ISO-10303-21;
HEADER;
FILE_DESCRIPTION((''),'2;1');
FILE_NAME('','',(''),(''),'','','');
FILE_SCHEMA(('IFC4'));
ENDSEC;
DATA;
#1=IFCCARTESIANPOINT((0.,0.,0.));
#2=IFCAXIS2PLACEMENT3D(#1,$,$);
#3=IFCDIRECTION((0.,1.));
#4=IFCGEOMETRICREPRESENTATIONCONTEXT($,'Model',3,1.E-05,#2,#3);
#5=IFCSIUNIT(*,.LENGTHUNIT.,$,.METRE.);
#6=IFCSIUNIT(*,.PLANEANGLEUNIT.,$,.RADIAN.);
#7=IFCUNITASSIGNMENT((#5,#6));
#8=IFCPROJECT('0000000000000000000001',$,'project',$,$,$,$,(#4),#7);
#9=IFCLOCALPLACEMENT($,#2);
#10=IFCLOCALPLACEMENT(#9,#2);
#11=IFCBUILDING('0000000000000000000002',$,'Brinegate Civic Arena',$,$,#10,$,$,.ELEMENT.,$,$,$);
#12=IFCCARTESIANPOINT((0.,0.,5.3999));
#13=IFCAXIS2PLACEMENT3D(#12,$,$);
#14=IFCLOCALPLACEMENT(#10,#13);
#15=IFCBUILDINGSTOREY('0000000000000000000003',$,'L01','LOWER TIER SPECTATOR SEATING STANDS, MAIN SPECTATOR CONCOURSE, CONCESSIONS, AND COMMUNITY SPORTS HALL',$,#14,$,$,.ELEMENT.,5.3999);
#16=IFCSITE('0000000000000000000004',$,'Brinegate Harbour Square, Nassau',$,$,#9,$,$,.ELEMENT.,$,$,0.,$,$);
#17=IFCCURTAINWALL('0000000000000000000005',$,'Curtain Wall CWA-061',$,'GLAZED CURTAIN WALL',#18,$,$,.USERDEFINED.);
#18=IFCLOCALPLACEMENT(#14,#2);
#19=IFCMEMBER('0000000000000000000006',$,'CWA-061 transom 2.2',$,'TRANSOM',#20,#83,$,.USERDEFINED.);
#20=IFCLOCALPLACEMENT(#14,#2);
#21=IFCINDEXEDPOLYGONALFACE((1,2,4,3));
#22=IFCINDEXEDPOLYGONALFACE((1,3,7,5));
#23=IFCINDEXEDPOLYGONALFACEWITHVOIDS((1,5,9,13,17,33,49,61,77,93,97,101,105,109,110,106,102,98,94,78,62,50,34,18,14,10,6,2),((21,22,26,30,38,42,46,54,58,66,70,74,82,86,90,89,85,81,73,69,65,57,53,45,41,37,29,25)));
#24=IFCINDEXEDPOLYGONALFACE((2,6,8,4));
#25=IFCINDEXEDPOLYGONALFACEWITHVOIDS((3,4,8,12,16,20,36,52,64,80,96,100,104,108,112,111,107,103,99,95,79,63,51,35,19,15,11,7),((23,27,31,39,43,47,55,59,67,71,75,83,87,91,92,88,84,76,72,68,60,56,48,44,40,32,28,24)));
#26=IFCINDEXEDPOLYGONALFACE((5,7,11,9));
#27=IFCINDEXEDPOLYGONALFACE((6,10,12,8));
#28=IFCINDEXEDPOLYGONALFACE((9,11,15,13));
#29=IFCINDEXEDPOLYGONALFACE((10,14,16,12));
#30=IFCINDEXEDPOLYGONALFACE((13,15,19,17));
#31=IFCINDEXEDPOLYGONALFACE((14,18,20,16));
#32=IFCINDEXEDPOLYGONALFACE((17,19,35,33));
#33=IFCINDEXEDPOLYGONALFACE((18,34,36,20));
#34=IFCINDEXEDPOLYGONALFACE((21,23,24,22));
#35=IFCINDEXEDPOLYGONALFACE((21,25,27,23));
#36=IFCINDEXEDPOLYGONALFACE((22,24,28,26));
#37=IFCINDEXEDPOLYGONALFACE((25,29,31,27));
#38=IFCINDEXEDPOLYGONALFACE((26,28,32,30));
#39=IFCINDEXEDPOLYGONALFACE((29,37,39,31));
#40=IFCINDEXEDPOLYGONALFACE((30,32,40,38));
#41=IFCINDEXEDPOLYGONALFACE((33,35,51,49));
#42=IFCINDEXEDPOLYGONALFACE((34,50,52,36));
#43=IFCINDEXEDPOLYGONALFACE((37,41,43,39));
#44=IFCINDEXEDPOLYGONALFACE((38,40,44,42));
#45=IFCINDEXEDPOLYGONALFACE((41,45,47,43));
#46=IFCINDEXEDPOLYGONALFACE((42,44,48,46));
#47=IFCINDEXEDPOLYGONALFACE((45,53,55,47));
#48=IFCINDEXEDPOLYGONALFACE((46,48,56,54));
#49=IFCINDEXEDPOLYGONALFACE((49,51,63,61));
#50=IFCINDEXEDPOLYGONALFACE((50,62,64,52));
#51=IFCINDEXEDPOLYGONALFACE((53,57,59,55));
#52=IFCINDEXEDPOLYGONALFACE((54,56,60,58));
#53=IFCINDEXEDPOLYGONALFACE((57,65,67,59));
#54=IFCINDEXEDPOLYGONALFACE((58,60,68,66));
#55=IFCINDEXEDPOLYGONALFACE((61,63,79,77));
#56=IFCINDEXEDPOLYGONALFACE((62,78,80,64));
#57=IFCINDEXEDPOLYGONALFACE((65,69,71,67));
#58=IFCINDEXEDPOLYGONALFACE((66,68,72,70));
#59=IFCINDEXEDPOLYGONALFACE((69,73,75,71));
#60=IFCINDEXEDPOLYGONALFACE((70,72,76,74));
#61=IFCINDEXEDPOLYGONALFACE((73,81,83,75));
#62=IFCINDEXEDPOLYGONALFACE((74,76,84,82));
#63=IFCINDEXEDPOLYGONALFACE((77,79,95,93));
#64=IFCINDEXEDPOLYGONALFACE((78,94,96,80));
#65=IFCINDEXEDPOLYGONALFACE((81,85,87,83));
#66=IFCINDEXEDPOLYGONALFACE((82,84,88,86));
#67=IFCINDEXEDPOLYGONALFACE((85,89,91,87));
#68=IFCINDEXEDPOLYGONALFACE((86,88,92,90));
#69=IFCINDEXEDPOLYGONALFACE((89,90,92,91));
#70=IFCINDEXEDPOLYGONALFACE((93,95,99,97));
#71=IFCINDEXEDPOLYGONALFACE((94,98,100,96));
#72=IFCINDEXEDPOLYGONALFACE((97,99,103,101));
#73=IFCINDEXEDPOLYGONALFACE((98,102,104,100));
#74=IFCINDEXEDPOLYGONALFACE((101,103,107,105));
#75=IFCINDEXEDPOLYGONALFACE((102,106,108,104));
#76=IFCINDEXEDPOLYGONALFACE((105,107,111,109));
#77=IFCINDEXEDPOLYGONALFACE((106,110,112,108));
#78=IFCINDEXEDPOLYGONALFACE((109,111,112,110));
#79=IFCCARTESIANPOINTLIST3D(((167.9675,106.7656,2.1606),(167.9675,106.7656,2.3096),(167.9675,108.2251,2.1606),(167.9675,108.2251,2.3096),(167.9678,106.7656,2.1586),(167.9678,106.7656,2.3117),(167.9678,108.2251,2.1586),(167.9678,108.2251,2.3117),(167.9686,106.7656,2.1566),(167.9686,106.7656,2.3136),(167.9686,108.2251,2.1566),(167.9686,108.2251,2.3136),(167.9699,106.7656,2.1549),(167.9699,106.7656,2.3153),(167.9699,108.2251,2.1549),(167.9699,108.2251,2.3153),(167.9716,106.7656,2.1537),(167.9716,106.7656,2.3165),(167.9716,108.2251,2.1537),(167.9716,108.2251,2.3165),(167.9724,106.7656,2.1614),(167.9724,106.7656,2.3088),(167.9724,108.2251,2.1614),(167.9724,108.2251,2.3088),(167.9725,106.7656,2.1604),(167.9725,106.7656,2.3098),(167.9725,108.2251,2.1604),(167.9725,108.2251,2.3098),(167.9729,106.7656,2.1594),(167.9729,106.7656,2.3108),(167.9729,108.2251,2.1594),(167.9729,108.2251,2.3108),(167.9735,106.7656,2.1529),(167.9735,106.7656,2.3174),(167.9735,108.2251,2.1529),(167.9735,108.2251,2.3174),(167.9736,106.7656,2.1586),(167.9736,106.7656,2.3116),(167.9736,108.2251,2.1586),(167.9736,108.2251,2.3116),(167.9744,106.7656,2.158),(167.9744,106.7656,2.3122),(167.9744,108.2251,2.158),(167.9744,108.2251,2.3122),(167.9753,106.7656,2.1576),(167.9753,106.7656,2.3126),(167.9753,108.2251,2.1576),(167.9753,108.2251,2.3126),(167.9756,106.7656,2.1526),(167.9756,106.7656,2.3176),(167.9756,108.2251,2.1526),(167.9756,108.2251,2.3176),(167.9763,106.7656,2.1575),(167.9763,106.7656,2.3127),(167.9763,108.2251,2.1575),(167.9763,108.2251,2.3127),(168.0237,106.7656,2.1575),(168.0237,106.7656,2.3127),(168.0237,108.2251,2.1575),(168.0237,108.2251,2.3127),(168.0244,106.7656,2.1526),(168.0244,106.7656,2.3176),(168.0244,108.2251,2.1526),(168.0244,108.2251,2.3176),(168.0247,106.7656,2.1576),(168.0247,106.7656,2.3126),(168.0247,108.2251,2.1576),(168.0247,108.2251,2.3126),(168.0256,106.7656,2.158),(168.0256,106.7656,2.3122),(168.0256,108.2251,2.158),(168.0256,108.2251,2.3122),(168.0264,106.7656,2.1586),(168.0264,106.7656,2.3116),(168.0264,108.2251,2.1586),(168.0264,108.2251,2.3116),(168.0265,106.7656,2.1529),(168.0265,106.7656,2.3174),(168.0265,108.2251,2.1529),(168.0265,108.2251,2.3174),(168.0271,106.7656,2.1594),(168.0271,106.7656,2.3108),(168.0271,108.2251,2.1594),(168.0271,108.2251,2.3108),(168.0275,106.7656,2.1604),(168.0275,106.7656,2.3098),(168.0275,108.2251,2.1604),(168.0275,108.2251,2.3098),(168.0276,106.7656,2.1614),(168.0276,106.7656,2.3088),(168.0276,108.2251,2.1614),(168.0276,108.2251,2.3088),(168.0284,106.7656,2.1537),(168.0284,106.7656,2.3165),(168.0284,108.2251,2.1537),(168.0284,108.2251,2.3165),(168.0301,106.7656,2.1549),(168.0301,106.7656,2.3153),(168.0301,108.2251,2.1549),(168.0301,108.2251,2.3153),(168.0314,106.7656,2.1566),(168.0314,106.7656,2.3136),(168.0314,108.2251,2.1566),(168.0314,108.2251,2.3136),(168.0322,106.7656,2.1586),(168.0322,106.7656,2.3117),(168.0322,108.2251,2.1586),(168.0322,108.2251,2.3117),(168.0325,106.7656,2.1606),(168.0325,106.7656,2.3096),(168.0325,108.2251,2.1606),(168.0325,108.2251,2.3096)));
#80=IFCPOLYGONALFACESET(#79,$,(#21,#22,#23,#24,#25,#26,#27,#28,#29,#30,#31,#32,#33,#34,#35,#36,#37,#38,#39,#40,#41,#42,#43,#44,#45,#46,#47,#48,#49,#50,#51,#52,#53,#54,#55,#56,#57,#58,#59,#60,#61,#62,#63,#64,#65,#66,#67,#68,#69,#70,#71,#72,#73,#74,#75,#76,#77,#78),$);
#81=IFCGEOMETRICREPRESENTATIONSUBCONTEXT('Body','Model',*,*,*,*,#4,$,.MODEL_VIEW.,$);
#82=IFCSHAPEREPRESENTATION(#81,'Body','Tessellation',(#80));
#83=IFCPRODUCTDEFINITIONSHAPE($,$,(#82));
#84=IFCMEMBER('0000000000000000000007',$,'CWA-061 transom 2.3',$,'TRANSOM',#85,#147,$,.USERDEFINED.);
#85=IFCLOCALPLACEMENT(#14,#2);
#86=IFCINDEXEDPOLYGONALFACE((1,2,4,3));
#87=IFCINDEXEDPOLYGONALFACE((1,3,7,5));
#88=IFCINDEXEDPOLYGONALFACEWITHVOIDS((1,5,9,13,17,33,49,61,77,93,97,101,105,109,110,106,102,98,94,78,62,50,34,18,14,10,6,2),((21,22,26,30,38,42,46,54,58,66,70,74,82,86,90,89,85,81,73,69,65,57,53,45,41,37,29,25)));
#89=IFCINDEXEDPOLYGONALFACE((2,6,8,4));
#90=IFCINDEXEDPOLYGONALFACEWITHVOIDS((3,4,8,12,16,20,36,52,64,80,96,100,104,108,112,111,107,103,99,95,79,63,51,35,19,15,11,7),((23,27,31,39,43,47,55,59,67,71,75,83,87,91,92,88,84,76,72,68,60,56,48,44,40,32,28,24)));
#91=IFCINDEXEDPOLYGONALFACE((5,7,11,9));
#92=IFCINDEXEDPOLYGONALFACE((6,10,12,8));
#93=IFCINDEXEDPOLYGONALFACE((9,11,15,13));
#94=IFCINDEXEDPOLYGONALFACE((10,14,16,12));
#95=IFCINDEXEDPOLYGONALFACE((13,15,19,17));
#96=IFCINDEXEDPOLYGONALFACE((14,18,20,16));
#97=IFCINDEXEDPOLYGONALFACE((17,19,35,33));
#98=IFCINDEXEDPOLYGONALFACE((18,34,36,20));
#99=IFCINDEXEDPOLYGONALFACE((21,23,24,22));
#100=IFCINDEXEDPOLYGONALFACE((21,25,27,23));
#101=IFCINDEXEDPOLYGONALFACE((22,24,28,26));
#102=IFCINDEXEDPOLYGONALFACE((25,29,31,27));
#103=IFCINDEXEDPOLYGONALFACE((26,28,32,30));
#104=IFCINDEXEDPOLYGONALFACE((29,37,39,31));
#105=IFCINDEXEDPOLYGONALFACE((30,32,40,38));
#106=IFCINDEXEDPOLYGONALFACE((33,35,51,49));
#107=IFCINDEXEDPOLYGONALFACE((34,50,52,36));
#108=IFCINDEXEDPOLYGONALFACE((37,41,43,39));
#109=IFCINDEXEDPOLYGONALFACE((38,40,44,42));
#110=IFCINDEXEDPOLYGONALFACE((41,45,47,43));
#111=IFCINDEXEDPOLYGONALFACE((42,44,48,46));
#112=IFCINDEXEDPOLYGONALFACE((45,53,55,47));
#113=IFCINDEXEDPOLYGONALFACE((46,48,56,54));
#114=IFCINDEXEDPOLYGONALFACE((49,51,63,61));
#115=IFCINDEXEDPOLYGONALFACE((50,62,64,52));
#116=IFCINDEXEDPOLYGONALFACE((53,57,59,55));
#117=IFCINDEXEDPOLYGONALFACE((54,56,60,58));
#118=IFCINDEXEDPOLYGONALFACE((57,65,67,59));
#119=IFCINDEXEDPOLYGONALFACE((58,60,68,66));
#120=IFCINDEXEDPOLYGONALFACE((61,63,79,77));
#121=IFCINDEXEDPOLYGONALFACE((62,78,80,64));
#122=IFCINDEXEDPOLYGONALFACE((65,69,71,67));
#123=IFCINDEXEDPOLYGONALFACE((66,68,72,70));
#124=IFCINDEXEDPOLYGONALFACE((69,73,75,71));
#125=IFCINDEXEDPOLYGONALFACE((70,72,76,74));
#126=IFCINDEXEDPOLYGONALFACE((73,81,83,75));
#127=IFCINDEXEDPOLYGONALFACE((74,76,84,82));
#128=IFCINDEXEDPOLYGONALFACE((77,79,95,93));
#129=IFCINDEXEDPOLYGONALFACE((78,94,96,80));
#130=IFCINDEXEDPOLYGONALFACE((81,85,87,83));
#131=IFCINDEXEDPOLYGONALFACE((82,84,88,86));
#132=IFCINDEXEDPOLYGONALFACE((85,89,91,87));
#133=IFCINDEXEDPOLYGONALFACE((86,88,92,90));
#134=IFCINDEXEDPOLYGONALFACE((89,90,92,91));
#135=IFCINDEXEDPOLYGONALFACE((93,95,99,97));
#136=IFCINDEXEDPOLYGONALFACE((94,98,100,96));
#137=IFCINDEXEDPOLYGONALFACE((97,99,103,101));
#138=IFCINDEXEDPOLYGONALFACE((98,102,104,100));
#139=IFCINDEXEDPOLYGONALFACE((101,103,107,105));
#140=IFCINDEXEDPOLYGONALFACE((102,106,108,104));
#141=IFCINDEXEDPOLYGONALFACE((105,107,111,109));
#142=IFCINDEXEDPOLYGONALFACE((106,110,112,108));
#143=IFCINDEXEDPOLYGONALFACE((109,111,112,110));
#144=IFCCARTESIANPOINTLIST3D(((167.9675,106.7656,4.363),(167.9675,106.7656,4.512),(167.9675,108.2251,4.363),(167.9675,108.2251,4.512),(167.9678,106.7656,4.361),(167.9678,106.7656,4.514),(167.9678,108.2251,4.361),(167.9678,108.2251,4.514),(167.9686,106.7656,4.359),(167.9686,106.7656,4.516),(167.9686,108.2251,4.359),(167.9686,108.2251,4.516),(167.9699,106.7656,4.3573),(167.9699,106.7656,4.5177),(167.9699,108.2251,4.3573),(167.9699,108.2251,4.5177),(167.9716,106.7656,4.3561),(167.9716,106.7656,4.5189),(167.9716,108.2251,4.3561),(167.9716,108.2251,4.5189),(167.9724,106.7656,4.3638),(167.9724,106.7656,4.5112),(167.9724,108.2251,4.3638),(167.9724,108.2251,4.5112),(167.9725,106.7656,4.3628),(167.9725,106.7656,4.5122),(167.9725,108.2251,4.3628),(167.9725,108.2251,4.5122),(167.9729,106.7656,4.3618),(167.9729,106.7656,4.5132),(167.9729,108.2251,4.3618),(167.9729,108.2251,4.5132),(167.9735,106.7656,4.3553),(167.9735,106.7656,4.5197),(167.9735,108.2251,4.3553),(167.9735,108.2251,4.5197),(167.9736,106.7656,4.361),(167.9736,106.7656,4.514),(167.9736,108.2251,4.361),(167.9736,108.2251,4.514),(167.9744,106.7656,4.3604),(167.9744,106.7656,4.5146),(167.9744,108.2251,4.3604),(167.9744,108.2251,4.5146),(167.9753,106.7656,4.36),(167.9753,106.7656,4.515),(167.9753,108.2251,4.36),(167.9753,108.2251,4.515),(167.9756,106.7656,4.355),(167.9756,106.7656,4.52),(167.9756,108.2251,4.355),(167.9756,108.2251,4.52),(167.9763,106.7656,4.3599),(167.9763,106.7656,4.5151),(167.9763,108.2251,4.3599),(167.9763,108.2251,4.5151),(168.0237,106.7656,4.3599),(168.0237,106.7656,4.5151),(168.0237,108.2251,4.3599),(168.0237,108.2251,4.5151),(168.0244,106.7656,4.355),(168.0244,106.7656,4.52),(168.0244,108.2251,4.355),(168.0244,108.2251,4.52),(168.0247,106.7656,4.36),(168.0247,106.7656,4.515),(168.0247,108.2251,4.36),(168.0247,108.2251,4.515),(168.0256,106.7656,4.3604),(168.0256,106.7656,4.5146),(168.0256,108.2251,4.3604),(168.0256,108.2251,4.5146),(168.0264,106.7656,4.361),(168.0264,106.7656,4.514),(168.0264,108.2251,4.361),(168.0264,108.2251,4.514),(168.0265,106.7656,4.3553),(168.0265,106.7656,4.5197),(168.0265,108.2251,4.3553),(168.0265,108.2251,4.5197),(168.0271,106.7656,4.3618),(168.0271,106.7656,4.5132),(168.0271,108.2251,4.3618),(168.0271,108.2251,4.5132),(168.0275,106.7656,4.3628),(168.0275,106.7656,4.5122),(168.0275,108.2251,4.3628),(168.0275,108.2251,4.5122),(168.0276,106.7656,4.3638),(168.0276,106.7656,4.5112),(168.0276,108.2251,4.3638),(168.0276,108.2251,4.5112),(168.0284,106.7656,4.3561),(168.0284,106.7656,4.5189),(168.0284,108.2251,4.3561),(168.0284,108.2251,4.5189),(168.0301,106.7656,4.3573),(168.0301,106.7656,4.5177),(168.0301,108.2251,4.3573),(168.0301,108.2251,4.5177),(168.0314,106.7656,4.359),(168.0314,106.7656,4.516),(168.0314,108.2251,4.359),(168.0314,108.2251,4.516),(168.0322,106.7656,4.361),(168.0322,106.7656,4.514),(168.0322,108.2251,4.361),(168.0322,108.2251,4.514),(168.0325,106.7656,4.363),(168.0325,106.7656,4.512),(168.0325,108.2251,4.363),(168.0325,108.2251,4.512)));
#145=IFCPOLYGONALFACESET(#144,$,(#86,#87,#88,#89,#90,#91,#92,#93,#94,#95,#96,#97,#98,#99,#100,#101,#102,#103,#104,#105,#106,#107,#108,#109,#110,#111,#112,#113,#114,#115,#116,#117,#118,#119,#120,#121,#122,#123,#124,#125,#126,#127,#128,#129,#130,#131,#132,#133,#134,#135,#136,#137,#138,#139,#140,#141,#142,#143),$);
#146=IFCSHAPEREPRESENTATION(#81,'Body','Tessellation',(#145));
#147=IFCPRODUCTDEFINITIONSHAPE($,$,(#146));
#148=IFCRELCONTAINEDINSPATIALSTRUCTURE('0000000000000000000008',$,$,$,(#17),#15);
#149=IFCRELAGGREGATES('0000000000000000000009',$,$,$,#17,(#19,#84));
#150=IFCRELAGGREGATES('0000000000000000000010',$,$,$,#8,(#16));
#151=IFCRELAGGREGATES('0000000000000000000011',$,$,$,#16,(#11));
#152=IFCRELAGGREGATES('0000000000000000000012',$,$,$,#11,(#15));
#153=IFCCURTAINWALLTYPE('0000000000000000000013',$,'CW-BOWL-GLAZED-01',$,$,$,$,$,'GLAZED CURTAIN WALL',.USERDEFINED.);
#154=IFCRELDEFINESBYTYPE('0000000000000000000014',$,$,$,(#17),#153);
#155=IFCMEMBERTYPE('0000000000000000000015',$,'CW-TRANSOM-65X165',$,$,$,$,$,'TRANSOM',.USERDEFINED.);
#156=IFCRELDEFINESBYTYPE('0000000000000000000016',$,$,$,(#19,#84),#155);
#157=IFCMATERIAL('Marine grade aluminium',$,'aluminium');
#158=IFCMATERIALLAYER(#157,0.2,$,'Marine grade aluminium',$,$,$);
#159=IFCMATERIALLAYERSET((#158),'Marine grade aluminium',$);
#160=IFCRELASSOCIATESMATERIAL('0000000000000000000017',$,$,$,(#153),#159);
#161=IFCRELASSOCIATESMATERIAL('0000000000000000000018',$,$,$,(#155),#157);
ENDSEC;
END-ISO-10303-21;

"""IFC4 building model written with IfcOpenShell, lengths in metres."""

from ifc_helpers import new_model, si_unit, direction, frame, origin, origin_2d, place, context, subcontext, project, spatial, hollow_rectangle, extrude, material, layer, layer_set, material_profile, profile_set, type_object, element, aggregate, save


model = new_model("IFC4")

# Units and contexts
model_context = context("Model", 3, precision=1e-05, world=origin(), true_north=direction((0.0, 1.0)))
body_context = subcontext(model_context, "Body", "Model", "MODEL_VIEW")
ifc_project = project(units=[si_unit("LENGTHUNIT", "METRE"), si_unit("PLANEANGLEUNIT", "RADIAN")], contexts=[model_context])

# Site, building, storey
site_placement = place(None, origin())
site = spatial("IfcSite", under=ifc_project, at=site_placement, Name="Brinegate Harbour Square, Nassau", CompositionType="ELEMENT", RefElevation=0.0)
building_placement = place(site_placement, origin())
building = spatial("IfcBuilding", under=site, at=building_placement, Name="Brinegate Civic Arena", CompositionType="ELEMENT")
storey_placement = place(building_placement, frame((0.0, 0.0, 5.3999)))
storey = spatial("IfcBuildingStorey", under=building, at=storey_placement, Name="L01", Description="LOWER TIER SPECTATOR SEATING STANDS, MAIN SPECTATOR CONCOURSE, CONCESSIONS, AND COMMUNITY SPORTS HALL", CompositionType="ELEMENT", Elevation=5.3999)

# Shared definitions
ifc_material_1 = material(Name="Marine grade aluminium", Category="aluminium")
ifc_layer_1 = layer(ifc_material_1, 0.2, Name="Marine grade aluminium")
ifc_layer_set_1 = layer_set([ifc_layer_1], Name="Marine grade aluminium")
curtain_wall_type = type_object("IfcCurtainWallType", Name="CW-BOWL-GLAZED-01", ElementType="GLAZED CURTAIN WALL", PredefinedType="USERDEFINED", material=ifc_layer_set_1)

# Curtain wall, members
curtain_wall_1_placement = place(storey_placement, origin())
curtain_wall_1 = element("IfcCurtainWall", 1, at=curtain_wall_1_placement, inside=storey, type_object=curtain_wall_type, Name="Curtain Wall CWA-061", ObjectType="GLAZED CURTAIN WALL", PredefinedType="USERDEFINED")
ifc_material_profile_1 = material_profile(ifc_material_1, hollow_rectangle(XDim=0.0649, YDim=0.165, WallThickness=0.0049, InnerFilletRadius=0.0039, OuterFilletRadius=0.0081, at=origin_2d()), Name="TRN65X165")
ifc_profile_set_1 = profile_set([ifc_material_profile_1], Name="Marine grade aluminium")
member_type_1 = type_object("IfcMemberType", Name="CW-TRANSOM-65X165", ElementType="TRANSOM", PredefinedType="USERDEFINED", material=ifc_profile_set_1)
member_1_placement = place(storey_placement, frame((168.0, 106.7656, 2.2351), z_axis=(0.0, 1.0, 0.0), x_axis=(-1.0, 0.0, 0.0)))
member_1 = element("IfcMember", 2, at=member_1_placement, type_object=member_type_1, Name="CWA-061 transom 2.2", ObjectType="TRANSOM", PredefinedType="USERDEFINED", context=body_context, shape_type="SweptSolid", body=[
    extrude(hollow_rectangle(XDim=0.0649, YDim=0.165, WallThickness=0.0049, InnerFilletRadius=0.0039, OuterFilletRadius=0.0081, at=origin_2d()), origin(), (0.0, 0.0, 1.0), 1.4595),
])
member_2_placement = place(storey_placement, frame((168.0, 106.7656, 4.4375), z_axis=(0.0, 1.0, 0.0), x_axis=(-1.0, 0.0, 0.0)))
member_2 = element("IfcMember", 3, at=member_2_placement, type_object=member_type_1, Name="CWA-061 transom 2.3", ObjectType="TRANSOM", PredefinedType="USERDEFINED", context=body_context, shape_type="SweptSolid", body=[
    extrude(hollow_rectangle(XDim=0.0649, YDim=0.165, WallThickness=0.0049, InnerFilletRadius=0.0039, OuterFilletRadius=0.0081, at=origin_2d()), origin(), (0.0, 0.0, 1.0), 1.4595),
])

aggregate(curtain_wall_1, [member_1, member_2])

save(model, "model.ifc")
